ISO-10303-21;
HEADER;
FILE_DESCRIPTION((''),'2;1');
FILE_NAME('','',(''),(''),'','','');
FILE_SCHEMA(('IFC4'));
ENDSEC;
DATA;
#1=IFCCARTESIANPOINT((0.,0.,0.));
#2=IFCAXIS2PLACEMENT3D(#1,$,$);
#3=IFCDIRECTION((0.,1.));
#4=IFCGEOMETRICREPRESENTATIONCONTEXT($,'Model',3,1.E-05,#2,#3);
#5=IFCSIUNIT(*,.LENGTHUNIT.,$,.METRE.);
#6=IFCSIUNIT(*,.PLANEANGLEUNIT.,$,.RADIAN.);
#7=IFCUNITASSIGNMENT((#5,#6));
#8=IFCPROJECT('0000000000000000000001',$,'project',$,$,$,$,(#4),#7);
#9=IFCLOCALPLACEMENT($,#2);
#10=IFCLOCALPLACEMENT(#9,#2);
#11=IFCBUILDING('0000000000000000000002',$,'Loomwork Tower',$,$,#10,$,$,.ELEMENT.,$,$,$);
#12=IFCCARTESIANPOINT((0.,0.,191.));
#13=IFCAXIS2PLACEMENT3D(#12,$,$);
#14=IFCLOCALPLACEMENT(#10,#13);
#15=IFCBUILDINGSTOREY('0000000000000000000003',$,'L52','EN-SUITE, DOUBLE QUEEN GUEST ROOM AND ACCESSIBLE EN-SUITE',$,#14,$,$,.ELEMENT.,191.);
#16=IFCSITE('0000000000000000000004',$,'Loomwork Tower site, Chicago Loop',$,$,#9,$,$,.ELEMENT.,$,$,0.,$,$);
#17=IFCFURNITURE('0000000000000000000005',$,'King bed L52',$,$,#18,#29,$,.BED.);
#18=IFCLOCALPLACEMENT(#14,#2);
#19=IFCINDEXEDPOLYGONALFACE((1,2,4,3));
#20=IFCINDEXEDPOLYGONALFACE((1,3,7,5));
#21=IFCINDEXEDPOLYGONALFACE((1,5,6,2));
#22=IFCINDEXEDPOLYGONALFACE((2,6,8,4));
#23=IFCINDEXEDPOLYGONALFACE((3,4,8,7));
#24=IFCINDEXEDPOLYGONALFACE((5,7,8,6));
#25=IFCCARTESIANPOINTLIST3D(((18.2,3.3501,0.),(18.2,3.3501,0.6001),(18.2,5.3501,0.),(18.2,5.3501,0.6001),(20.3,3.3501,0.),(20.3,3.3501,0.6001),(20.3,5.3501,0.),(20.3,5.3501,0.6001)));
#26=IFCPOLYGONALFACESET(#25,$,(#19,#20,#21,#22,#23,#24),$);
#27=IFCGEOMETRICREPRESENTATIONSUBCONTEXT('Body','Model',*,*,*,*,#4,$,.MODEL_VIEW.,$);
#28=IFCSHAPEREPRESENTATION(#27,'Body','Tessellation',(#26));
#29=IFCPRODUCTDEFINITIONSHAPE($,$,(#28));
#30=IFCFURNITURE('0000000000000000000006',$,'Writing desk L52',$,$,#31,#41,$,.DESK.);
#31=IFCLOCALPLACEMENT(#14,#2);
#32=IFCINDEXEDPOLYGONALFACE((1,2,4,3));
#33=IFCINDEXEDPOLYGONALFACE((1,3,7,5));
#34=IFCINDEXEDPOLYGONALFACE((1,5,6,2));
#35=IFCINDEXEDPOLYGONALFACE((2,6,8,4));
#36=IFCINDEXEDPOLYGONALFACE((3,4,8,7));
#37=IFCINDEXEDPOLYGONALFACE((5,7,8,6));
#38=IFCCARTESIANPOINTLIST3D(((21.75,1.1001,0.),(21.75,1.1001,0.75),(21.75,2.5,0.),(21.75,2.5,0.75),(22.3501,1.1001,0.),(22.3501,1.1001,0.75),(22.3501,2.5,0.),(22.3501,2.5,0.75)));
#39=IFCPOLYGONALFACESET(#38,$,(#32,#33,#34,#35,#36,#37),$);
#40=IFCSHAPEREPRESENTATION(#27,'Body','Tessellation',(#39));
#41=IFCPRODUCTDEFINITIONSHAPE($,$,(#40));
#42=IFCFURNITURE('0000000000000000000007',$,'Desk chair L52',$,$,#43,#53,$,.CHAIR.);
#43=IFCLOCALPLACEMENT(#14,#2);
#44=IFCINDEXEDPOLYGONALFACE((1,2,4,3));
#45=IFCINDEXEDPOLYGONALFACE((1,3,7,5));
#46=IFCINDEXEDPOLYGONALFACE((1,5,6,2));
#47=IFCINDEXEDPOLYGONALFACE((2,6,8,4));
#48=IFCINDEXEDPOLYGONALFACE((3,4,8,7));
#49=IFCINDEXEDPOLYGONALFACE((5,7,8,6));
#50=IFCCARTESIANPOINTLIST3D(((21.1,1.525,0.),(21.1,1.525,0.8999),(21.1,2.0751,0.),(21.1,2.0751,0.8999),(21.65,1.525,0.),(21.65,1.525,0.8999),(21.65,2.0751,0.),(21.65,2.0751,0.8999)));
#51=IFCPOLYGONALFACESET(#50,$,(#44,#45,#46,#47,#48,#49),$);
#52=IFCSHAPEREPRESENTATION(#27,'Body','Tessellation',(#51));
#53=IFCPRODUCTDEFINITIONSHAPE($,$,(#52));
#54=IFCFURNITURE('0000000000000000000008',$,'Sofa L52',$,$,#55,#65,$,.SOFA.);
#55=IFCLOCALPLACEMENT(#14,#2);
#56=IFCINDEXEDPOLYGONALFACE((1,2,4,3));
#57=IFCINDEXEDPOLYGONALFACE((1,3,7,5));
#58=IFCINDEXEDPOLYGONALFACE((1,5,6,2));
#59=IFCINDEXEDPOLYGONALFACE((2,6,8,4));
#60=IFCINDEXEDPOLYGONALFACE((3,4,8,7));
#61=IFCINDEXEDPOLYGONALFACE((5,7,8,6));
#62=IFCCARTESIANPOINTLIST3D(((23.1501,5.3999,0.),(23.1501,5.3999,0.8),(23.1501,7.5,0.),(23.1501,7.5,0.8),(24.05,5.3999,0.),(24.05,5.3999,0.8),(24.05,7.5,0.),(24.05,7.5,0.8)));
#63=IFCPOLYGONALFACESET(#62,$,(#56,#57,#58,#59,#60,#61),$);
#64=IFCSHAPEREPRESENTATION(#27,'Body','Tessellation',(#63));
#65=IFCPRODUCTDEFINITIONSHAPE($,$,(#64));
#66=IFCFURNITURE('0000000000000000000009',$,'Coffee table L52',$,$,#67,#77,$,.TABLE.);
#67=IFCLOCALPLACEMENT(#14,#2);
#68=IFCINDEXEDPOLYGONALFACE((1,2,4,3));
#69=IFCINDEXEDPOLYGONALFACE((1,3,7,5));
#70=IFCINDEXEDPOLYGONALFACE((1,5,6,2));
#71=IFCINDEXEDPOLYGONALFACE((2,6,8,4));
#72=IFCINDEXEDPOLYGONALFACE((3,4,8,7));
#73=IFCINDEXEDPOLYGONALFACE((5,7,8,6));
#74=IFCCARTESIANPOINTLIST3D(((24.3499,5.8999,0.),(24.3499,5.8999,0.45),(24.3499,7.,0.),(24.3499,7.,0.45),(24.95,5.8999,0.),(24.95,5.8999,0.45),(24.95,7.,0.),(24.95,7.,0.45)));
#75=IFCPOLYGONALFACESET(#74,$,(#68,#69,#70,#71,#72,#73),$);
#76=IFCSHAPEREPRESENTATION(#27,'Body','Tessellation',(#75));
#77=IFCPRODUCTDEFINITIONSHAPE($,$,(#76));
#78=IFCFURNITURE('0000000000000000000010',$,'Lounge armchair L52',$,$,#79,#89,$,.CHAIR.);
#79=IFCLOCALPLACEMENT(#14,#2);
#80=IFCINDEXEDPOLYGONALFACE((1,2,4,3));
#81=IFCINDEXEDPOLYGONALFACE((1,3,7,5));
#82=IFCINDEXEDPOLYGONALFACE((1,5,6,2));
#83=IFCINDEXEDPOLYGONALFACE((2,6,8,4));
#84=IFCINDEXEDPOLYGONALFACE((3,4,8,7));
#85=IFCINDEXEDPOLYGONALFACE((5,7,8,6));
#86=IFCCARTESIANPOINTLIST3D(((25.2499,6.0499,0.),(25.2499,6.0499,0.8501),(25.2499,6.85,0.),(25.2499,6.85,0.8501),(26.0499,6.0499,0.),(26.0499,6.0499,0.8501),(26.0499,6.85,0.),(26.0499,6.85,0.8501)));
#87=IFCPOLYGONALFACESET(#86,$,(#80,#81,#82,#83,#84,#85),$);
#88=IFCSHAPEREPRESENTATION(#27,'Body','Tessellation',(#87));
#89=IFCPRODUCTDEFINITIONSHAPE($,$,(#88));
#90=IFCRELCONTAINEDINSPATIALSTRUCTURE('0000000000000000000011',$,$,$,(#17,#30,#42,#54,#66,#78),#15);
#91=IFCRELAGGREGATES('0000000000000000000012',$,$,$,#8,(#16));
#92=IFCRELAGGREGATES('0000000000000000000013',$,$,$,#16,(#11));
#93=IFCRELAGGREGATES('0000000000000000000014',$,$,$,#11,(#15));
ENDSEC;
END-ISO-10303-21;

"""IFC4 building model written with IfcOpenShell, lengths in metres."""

from ifc_helpers import new_model, si_unit, direction, frame, origin, origin_2d, place, context, subcontext, project, spatial, rectangle, extrude, element, save


model = new_model("IFC4")

# Units and contexts
model_context = context("Model", 3, precision=1e-05, world=origin(), true_north=direction((0.0, 1.0)))
body_context = subcontext(model_context, "Body", "Model", "MODEL_VIEW")
ifc_project = project(units=[si_unit("LENGTHUNIT", "METRE"), si_unit("PLANEANGLEUNIT", "RADIAN")], contexts=[model_context])

# Site, building, storey
site_placement = place(None, origin())
site = spatial("IfcSite", under=ifc_project, at=site_placement, Name="Loomwork Tower site, Chicago Loop", CompositionType="ELEMENT", RefElevation=0.0)
building_placement = place(site_placement, origin())
building = spatial("IfcBuilding", under=site, at=building_placement, Name="Loomwork Tower", CompositionType="ELEMENT")
storey_placement = place(building_placement, frame((0.0, 0.0, 191.0)))
storey = spatial("IfcBuildingStorey", under=building, at=storey_placement, Name="L52", Description="EN-SUITE, DOUBLE QUEEN GUEST ROOM AND ACCESSIBLE EN-SUITE", CompositionType="ELEMENT", Elevation=191.0)

# Furniture
furniture_1_placement = place(storey_placement, frame((19.25, 4.3501, 0.0), z_axis=(0.0, 0.0, 1.0), x_axis=(1.0, 0.0, 0.0)))
element("IfcFurniture", 1, at=furniture_1_placement, inside=storey, Name="King bed L52", PredefinedType="BED", context=body_context, shape_type="SweptSolid", body=[
    extrude(rectangle(XDim=2.1001, YDim=2.0, at=origin_2d()), origin(), (0.0, 0.0, 1.0), 0.6001),
])
furniture_2_placement = place(storey_placement, frame((22.05, 1.8, 0.0), z_axis=(0.0, 0.0, 1.0), x_axis=(1.0, 0.0, 0.0)))
element("IfcFurniture", 2, at=furniture_2_placement, inside=storey, Name="Writing desk L52", PredefinedType="DESK", context=body_context, shape_type="SweptSolid", body=[
    extrude(rectangle(XDim=0.6001, YDim=1.3999, at=origin_2d()), origin(), (0.0, 0.0, 1.0), 0.75),
])
furniture_3_placement = place(storey_placement, frame((21.375, 1.8, 0.0), z_axis=(0.0, 0.0, 1.0), x_axis=(1.0, 0.0, 0.0)))
element("IfcFurniture", 3, at=furniture_3_placement, inside=storey, Name="Desk chair L52", PredefinedType="CHAIR", context=body_context, shape_type="SweptSolid", body=[
    extrude(rectangle(XDim=0.55, YDim=0.55, at=origin_2d()), origin(), (0.0, 0.0, 1.0), 0.8999),
])
furniture_4_placement = place(storey_placement, frame((23.6001, 6.45, 0.0), z_axis=(0.0, 0.0, 1.0), x_axis=(1.0, 0.0, 0.0)))
element("IfcFurniture", 4, at=furniture_4_placement, inside=storey, Name="Sofa L52", PredefinedType="SOFA", context=body_context, shape_type="SweptSolid", body=[
    extrude(rectangle(XDim=0.8999, YDim=2.1001, at=origin_2d()), origin(), (0.0, 0.0, 1.0), 0.8),
])
furniture_5_placement = place(storey_placement, frame((24.6499, 6.45, 0.0), z_axis=(0.0, 0.0, 1.0), x_axis=(1.0, 0.0, 0.0)))
element("IfcFurniture", 5, at=furniture_5_placement, inside=storey, Name="Coffee table L52", PredefinedType="TABLE", context=body_context, shape_type="SweptSolid", body=[
    extrude(rectangle(XDim=0.6001, YDim=1.1001, at=origin_2d()), origin(), (0.0, 0.0, 1.0), 0.45),
])
furniture_6_placement = place(storey_placement, frame((25.6499, 6.45, 0.0), z_axis=(0.0, 0.0, 1.0), x_axis=(1.0, 0.0, 0.0)))
element("IfcFurniture", 6, at=furniture_6_placement, inside=storey, Name="Lounge armchair L52", PredefinedType="CHAIR", context=body_context, shape_type="SweptSolid", body=[
    extrude(rectangle(XDim=0.8, YDim=0.8, at=origin_2d()), origin(), (0.0, 0.0, 1.0), 0.8501),
])

save(model, "model.ifc")
